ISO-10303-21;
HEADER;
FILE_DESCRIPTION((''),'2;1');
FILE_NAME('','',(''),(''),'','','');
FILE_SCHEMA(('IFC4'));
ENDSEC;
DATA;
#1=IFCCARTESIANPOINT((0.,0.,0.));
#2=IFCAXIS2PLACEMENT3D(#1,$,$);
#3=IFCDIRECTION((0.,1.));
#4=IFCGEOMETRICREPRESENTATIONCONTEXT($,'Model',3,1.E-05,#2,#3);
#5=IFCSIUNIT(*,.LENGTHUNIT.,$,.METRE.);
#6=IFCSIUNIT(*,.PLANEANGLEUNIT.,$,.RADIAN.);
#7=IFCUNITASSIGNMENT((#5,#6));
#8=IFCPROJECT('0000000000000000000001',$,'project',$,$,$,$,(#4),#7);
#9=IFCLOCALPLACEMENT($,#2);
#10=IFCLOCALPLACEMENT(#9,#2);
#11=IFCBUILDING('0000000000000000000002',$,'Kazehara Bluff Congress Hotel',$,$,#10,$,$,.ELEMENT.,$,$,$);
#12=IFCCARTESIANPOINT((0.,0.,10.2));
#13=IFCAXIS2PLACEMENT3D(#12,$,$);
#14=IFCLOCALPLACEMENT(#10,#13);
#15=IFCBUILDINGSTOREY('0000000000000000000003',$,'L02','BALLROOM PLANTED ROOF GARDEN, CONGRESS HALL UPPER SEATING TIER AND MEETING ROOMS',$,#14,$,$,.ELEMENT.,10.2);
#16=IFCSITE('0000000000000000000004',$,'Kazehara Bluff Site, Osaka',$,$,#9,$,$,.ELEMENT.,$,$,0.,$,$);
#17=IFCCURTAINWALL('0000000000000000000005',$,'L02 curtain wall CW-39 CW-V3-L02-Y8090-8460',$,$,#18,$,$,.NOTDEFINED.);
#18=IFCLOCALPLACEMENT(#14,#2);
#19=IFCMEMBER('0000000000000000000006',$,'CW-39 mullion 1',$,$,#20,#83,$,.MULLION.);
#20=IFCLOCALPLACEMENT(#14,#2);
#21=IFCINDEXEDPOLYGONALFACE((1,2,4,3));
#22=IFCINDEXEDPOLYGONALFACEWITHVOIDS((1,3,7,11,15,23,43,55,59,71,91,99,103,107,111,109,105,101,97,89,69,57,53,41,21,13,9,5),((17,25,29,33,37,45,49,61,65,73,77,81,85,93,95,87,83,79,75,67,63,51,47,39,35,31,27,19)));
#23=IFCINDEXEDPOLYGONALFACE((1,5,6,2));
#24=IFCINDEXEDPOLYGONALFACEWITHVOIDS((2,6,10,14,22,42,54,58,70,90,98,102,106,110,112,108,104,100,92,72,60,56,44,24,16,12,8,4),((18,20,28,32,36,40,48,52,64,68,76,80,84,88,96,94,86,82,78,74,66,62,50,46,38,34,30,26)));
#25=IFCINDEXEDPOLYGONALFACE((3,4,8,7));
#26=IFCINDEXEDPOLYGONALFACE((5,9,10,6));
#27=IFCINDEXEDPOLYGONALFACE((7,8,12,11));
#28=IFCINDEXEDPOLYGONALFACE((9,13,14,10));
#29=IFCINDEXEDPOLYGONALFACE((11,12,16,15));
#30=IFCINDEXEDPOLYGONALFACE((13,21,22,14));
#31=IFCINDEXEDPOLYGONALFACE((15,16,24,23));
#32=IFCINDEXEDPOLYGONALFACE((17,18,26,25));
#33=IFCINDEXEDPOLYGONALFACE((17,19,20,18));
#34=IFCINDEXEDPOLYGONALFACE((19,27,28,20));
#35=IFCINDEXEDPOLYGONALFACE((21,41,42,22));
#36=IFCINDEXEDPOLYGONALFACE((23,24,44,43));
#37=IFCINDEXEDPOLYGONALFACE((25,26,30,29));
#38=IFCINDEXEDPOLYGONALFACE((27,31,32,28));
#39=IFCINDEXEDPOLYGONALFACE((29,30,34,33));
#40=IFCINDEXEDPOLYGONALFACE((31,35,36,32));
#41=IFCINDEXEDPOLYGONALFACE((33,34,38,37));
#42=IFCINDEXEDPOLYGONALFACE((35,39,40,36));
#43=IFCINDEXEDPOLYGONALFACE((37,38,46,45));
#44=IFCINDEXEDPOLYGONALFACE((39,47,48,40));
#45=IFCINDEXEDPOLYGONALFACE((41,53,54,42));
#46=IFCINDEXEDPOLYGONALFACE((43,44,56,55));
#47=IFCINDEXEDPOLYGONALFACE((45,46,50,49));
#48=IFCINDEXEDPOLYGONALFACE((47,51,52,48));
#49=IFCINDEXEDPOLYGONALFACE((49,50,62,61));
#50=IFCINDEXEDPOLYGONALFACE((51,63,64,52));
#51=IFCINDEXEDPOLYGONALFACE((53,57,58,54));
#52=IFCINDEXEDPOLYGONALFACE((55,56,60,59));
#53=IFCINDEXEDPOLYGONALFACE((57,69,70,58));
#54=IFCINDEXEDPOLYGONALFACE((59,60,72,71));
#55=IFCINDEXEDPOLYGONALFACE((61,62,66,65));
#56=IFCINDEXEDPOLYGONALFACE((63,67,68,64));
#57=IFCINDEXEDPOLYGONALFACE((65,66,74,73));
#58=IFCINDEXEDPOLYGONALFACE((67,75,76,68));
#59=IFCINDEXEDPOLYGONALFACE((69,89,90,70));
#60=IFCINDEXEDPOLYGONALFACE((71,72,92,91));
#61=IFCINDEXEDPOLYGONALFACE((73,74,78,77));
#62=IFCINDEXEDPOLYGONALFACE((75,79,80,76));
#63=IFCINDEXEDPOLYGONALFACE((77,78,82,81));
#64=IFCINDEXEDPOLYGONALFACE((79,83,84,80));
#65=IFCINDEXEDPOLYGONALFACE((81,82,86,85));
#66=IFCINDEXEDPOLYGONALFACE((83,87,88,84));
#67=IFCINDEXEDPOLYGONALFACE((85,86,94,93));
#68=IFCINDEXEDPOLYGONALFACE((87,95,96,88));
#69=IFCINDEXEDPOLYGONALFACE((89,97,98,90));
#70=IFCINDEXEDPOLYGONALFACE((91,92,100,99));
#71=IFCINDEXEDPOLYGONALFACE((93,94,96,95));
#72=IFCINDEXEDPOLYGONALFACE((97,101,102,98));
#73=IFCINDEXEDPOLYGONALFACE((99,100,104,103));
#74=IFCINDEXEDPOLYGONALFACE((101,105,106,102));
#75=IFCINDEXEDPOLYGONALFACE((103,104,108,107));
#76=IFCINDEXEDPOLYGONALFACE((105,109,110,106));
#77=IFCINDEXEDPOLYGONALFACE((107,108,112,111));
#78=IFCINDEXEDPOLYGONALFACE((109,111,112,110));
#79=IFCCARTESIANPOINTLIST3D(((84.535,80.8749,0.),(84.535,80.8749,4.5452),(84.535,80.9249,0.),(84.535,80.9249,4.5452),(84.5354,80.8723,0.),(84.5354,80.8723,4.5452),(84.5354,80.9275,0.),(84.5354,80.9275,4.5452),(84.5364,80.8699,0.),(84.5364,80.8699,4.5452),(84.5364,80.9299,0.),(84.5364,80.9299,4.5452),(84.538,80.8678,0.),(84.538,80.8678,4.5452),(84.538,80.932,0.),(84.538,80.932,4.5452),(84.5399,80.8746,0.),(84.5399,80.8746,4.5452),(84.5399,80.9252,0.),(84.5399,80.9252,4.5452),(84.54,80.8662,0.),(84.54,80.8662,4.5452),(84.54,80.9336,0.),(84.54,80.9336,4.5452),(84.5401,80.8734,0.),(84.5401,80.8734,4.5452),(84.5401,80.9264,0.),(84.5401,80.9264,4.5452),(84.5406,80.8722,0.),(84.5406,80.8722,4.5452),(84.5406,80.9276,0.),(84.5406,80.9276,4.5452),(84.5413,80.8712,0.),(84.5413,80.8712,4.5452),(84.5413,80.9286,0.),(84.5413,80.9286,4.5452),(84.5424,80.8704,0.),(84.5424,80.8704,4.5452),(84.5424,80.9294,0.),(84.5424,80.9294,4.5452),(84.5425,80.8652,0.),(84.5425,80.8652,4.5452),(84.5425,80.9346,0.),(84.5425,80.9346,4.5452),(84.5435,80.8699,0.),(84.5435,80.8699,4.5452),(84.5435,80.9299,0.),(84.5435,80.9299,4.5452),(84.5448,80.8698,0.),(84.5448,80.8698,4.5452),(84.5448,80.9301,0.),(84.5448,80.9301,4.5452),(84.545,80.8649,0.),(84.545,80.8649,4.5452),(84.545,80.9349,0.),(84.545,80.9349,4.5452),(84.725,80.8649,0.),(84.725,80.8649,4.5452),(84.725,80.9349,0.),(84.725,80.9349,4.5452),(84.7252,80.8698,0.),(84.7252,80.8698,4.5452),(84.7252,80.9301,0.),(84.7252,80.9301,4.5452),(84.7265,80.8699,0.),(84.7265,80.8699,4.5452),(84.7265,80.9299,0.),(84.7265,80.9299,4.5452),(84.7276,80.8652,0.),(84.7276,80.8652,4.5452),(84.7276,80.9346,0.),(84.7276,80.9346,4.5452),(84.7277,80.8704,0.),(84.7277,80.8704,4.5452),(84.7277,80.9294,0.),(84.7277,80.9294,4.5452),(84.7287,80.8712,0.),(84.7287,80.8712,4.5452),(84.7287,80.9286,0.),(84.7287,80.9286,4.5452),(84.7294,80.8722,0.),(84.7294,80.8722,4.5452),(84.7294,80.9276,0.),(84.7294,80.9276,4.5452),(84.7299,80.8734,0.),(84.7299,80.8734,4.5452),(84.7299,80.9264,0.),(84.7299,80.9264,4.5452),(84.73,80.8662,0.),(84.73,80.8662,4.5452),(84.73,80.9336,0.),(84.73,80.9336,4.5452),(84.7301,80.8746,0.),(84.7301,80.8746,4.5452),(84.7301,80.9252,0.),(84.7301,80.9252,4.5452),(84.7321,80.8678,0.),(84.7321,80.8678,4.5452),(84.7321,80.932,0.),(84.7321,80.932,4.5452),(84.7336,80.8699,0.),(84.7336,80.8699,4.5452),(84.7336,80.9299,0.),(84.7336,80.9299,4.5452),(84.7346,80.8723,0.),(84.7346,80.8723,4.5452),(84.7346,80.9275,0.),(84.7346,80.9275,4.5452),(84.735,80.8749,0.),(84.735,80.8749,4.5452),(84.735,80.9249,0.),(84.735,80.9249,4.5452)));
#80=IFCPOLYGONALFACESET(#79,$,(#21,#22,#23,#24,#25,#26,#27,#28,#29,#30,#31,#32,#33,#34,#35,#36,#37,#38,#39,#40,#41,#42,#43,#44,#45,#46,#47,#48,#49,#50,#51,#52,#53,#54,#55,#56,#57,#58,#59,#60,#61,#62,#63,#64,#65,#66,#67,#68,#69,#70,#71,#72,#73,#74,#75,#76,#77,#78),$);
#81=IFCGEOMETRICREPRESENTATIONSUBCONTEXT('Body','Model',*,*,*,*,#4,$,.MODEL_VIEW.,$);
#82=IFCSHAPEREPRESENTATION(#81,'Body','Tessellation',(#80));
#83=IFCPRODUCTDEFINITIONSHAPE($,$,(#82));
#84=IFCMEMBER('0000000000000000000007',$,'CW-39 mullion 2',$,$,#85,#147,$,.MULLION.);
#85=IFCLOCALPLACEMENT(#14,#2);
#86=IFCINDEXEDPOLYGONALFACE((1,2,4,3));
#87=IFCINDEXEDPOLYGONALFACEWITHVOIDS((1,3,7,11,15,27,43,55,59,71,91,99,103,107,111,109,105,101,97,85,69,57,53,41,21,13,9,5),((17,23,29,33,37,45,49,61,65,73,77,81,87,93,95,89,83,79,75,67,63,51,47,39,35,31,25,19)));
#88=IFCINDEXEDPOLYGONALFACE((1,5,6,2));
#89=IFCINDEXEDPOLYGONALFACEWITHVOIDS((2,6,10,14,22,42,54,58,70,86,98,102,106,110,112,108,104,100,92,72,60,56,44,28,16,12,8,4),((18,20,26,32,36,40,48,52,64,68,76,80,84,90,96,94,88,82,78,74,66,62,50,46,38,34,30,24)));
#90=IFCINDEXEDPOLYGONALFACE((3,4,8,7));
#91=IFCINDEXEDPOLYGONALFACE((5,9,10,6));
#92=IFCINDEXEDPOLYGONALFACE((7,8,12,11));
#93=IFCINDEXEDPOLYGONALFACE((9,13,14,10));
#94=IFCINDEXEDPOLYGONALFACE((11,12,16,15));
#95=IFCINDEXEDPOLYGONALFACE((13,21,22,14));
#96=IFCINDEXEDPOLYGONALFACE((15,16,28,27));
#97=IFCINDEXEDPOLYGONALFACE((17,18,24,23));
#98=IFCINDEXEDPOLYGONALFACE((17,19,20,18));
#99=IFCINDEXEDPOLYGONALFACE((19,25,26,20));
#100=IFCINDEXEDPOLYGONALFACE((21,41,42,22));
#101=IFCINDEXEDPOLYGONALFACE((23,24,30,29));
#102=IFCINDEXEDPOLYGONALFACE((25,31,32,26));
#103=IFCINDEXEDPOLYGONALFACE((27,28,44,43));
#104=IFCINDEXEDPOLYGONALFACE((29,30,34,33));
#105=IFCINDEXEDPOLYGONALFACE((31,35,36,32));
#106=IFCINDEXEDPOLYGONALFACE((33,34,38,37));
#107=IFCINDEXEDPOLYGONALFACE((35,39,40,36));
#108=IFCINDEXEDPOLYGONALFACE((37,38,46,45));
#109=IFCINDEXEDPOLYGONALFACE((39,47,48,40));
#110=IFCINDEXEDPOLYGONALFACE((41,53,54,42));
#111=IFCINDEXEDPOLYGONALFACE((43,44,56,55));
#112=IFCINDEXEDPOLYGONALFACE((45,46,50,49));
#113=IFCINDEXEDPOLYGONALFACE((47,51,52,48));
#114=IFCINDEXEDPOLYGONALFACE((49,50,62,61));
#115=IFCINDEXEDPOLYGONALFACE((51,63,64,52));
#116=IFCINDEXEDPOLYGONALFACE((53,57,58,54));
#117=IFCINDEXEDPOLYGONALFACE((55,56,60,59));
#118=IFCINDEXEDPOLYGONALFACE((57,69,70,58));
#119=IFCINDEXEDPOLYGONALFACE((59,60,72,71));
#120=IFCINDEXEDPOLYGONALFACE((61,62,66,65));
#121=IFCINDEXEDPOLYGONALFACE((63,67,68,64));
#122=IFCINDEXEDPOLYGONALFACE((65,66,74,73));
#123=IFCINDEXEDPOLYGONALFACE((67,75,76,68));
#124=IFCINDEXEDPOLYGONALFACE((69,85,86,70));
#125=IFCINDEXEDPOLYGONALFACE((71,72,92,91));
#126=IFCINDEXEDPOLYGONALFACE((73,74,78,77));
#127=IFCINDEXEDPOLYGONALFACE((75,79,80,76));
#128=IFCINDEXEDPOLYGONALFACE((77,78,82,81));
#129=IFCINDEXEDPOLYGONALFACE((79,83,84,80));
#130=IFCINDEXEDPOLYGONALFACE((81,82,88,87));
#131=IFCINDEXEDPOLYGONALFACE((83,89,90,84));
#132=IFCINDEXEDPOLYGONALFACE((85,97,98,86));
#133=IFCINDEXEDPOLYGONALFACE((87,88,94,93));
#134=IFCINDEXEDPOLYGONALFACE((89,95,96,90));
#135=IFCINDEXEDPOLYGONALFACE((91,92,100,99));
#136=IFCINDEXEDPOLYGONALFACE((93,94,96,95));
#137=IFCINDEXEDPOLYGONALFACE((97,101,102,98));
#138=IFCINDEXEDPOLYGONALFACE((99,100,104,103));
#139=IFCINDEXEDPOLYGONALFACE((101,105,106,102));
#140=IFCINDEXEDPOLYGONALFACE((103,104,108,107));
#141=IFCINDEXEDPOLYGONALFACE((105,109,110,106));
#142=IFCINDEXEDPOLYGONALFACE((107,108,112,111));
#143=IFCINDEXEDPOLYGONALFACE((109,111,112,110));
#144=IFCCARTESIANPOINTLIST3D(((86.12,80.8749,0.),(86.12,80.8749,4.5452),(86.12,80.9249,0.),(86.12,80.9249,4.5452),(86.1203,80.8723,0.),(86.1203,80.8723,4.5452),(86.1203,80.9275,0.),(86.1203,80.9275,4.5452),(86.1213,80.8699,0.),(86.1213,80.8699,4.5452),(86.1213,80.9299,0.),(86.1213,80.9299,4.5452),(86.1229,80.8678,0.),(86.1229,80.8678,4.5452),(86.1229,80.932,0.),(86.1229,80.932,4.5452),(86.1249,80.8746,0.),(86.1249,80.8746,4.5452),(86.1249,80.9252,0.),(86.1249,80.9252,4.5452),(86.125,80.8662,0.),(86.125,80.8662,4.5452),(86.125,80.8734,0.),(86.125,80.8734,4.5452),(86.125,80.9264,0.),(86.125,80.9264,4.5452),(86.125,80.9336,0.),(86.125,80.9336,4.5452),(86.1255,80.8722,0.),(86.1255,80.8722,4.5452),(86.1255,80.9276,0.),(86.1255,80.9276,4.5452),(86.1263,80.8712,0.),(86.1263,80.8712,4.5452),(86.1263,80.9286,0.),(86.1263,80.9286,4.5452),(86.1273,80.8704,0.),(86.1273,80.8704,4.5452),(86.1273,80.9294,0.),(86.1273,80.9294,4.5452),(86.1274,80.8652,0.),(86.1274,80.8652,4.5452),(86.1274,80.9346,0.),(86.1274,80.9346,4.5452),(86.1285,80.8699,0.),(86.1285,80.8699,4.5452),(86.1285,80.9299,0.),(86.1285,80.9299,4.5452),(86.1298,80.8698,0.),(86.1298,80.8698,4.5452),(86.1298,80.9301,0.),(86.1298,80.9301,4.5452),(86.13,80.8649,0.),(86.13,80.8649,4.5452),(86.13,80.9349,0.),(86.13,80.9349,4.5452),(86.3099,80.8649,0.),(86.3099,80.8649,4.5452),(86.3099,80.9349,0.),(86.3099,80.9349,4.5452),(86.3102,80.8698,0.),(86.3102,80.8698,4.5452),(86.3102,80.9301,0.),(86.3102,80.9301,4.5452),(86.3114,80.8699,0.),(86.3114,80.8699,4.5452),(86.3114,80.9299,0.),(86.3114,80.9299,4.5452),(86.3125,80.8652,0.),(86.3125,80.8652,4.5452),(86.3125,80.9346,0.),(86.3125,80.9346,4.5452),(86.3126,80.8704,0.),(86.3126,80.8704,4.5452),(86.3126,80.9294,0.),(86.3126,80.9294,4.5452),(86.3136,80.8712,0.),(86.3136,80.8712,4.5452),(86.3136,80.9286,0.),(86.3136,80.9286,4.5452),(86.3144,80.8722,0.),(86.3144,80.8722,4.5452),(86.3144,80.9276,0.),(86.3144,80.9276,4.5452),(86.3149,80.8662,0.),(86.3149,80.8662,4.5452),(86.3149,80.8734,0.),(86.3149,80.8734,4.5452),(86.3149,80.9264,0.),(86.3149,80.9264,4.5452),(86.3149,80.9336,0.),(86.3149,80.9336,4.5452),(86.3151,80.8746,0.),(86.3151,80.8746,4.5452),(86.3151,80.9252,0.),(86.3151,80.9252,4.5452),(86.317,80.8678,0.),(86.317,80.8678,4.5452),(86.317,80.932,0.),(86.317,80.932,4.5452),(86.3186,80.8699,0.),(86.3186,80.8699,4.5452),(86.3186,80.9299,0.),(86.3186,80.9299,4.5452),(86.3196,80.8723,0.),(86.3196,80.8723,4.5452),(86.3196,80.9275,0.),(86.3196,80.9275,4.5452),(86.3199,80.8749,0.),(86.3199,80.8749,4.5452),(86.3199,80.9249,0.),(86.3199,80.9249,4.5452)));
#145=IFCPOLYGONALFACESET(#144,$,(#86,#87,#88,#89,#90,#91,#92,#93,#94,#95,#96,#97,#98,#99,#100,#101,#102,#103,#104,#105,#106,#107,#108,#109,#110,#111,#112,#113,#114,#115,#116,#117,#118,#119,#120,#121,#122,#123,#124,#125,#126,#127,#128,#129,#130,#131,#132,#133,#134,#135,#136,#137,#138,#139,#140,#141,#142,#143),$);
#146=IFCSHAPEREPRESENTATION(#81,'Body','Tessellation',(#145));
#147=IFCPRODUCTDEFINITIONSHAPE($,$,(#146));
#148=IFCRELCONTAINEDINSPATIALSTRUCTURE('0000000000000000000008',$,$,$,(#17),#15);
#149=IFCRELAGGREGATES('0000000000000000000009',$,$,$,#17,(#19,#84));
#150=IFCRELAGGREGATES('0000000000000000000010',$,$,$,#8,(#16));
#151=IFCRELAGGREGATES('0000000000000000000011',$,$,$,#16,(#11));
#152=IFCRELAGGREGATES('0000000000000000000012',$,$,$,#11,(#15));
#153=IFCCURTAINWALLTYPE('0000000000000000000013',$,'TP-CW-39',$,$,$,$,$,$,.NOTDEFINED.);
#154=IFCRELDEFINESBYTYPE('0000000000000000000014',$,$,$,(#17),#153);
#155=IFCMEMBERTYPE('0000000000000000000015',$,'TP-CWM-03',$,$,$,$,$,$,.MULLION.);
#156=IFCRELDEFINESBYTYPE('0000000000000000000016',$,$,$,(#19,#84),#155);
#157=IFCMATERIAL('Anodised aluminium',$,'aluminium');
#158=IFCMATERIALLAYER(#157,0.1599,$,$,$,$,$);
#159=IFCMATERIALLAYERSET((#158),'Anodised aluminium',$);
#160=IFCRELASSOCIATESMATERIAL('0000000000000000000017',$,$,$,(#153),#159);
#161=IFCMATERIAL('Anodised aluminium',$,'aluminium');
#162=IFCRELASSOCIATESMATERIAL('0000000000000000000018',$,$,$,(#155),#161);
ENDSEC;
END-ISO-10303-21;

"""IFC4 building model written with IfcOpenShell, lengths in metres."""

from ifc_helpers import new_model, si_unit, direction, frame, origin, origin_2d, place, context, subcontext, project, spatial, hollow_rectangle, extrude, material, layer, layer_set, material_profile, profile_set, type_object, element, aggregate, save


model = new_model("IFC4")

# Units and contexts
model_context = context("Model", 3, precision=1e-05, world=origin(), true_north=direction((0.0, 1.0)))
body_context = subcontext(model_context, "Body", "Model", "MODEL_VIEW")
ifc_project = project(units=[si_unit("LENGTHUNIT", "METRE"), si_unit("PLANEANGLEUNIT", "RADIAN")], contexts=[model_context])

# Site, building, storey
site_placement = place(None, origin())
site = spatial("IfcSite", under=ifc_project, at=site_placement, Name="Kazehara Bluff Site, Osaka", CompositionType="ELEMENT", RefElevation=0.0)
building_placement = place(site_placement, origin())
building = spatial("IfcBuilding", under=site, at=building_placement, Name="Kazehara Bluff Congress Hotel", CompositionType="ELEMENT")
storey_placement = place(building_placement, frame((0.0, 0.0, 10.2)))
storey = spatial("IfcBuildingStorey", under=building, at=storey_placement, Name="L02", Description="BALLROOM PLANTED ROOF GARDEN, CONGRESS HALL UPPER SEATING TIER AND MEETING ROOMS", CompositionType="ELEMENT", Elevation=10.2)

# Curtain wall, members
ifc_material_1 = material(Name="Anodised aluminium", Category="aluminium")
ifc_layer_1 = layer(ifc_material_1, 0.1599)
ifc_layer_set_1 = layer_set([ifc_layer_1], Name="Anodised aluminium")
curtain_wall_type = type_object("IfcCurtainWallType", Name="TP-CW-39", PredefinedType="NOTDEFINED", material=ifc_layer_set_1)
ifc_material_2 = material(Name="Anodised aluminium", Category="aluminium")
ifc_material_profile_1 = material_profile(ifc_material_2, hollow_rectangle(XDim=0.0701, YDim=0.2, WallThickness=0.0049, InnerFilletRadius=0.0049, OuterFilletRadius=0.01, at=origin_2d()))
ifc_profile_set_1 = profile_set([ifc_material_profile_1], Name="Anodised aluminium")
member_type_1 = type_object("IfcMemberType", Name="TP-CWM-03", PredefinedType="MULLION", material=ifc_profile_set_1)
curtain_wall_1_placement = place(storey_placement, origin())
curtain_wall_1 = element("IfcCurtainWall", 1, at=curtain_wall_1_placement, inside=storey, type_object=curtain_wall_type, Name="L02 curtain wall CW-39 CW-V3-L02-Y8090-8460", PredefinedType="NOTDEFINED")
member_1_placement = place(storey_placement, frame((84.635, 80.8999, 0.0), z_axis=(0.0, 0.0, 1.0), x_axis=(0.0, 1.0, 0.0)))
member_1 = element("IfcMember", 2, at=member_1_placement, type_object=member_type_1, Name="CW-39 mullion 1", PredefinedType="MULLION", context=body_context, shape_type="SweptSolid", body=[
    extrude(hollow_rectangle(XDim=0.0701, YDim=0.2, WallThickness=0.0049, InnerFilletRadius=0.0049, OuterFilletRadius=0.01, at=origin_2d()), origin(), (0.0, 0.0, 1.0), 4.5452),
])
member_2_placement = place(storey_placement, frame((86.22, 80.8999, 0.0), z_axis=(0.0, 0.0, 1.0), x_axis=(0.0, 1.0, 0.0)))
member_2 = element("IfcMember", 3, at=member_2_placement, type_object=member_type_1, Name="CW-39 mullion 2", PredefinedType="MULLION", context=body_context, shape_type="SweptSolid", body=[
    extrude(hollow_rectangle(XDim=0.0701, YDim=0.2, WallThickness=0.0049, InnerFilletRadius=0.0049, OuterFilletRadius=0.01, at=origin_2d()), origin(), (0.0, 0.0, 1.0), 4.5452),
])

aggregate(curtain_wall_1, [member_1, member_2])

save(model, "model.ifc")
